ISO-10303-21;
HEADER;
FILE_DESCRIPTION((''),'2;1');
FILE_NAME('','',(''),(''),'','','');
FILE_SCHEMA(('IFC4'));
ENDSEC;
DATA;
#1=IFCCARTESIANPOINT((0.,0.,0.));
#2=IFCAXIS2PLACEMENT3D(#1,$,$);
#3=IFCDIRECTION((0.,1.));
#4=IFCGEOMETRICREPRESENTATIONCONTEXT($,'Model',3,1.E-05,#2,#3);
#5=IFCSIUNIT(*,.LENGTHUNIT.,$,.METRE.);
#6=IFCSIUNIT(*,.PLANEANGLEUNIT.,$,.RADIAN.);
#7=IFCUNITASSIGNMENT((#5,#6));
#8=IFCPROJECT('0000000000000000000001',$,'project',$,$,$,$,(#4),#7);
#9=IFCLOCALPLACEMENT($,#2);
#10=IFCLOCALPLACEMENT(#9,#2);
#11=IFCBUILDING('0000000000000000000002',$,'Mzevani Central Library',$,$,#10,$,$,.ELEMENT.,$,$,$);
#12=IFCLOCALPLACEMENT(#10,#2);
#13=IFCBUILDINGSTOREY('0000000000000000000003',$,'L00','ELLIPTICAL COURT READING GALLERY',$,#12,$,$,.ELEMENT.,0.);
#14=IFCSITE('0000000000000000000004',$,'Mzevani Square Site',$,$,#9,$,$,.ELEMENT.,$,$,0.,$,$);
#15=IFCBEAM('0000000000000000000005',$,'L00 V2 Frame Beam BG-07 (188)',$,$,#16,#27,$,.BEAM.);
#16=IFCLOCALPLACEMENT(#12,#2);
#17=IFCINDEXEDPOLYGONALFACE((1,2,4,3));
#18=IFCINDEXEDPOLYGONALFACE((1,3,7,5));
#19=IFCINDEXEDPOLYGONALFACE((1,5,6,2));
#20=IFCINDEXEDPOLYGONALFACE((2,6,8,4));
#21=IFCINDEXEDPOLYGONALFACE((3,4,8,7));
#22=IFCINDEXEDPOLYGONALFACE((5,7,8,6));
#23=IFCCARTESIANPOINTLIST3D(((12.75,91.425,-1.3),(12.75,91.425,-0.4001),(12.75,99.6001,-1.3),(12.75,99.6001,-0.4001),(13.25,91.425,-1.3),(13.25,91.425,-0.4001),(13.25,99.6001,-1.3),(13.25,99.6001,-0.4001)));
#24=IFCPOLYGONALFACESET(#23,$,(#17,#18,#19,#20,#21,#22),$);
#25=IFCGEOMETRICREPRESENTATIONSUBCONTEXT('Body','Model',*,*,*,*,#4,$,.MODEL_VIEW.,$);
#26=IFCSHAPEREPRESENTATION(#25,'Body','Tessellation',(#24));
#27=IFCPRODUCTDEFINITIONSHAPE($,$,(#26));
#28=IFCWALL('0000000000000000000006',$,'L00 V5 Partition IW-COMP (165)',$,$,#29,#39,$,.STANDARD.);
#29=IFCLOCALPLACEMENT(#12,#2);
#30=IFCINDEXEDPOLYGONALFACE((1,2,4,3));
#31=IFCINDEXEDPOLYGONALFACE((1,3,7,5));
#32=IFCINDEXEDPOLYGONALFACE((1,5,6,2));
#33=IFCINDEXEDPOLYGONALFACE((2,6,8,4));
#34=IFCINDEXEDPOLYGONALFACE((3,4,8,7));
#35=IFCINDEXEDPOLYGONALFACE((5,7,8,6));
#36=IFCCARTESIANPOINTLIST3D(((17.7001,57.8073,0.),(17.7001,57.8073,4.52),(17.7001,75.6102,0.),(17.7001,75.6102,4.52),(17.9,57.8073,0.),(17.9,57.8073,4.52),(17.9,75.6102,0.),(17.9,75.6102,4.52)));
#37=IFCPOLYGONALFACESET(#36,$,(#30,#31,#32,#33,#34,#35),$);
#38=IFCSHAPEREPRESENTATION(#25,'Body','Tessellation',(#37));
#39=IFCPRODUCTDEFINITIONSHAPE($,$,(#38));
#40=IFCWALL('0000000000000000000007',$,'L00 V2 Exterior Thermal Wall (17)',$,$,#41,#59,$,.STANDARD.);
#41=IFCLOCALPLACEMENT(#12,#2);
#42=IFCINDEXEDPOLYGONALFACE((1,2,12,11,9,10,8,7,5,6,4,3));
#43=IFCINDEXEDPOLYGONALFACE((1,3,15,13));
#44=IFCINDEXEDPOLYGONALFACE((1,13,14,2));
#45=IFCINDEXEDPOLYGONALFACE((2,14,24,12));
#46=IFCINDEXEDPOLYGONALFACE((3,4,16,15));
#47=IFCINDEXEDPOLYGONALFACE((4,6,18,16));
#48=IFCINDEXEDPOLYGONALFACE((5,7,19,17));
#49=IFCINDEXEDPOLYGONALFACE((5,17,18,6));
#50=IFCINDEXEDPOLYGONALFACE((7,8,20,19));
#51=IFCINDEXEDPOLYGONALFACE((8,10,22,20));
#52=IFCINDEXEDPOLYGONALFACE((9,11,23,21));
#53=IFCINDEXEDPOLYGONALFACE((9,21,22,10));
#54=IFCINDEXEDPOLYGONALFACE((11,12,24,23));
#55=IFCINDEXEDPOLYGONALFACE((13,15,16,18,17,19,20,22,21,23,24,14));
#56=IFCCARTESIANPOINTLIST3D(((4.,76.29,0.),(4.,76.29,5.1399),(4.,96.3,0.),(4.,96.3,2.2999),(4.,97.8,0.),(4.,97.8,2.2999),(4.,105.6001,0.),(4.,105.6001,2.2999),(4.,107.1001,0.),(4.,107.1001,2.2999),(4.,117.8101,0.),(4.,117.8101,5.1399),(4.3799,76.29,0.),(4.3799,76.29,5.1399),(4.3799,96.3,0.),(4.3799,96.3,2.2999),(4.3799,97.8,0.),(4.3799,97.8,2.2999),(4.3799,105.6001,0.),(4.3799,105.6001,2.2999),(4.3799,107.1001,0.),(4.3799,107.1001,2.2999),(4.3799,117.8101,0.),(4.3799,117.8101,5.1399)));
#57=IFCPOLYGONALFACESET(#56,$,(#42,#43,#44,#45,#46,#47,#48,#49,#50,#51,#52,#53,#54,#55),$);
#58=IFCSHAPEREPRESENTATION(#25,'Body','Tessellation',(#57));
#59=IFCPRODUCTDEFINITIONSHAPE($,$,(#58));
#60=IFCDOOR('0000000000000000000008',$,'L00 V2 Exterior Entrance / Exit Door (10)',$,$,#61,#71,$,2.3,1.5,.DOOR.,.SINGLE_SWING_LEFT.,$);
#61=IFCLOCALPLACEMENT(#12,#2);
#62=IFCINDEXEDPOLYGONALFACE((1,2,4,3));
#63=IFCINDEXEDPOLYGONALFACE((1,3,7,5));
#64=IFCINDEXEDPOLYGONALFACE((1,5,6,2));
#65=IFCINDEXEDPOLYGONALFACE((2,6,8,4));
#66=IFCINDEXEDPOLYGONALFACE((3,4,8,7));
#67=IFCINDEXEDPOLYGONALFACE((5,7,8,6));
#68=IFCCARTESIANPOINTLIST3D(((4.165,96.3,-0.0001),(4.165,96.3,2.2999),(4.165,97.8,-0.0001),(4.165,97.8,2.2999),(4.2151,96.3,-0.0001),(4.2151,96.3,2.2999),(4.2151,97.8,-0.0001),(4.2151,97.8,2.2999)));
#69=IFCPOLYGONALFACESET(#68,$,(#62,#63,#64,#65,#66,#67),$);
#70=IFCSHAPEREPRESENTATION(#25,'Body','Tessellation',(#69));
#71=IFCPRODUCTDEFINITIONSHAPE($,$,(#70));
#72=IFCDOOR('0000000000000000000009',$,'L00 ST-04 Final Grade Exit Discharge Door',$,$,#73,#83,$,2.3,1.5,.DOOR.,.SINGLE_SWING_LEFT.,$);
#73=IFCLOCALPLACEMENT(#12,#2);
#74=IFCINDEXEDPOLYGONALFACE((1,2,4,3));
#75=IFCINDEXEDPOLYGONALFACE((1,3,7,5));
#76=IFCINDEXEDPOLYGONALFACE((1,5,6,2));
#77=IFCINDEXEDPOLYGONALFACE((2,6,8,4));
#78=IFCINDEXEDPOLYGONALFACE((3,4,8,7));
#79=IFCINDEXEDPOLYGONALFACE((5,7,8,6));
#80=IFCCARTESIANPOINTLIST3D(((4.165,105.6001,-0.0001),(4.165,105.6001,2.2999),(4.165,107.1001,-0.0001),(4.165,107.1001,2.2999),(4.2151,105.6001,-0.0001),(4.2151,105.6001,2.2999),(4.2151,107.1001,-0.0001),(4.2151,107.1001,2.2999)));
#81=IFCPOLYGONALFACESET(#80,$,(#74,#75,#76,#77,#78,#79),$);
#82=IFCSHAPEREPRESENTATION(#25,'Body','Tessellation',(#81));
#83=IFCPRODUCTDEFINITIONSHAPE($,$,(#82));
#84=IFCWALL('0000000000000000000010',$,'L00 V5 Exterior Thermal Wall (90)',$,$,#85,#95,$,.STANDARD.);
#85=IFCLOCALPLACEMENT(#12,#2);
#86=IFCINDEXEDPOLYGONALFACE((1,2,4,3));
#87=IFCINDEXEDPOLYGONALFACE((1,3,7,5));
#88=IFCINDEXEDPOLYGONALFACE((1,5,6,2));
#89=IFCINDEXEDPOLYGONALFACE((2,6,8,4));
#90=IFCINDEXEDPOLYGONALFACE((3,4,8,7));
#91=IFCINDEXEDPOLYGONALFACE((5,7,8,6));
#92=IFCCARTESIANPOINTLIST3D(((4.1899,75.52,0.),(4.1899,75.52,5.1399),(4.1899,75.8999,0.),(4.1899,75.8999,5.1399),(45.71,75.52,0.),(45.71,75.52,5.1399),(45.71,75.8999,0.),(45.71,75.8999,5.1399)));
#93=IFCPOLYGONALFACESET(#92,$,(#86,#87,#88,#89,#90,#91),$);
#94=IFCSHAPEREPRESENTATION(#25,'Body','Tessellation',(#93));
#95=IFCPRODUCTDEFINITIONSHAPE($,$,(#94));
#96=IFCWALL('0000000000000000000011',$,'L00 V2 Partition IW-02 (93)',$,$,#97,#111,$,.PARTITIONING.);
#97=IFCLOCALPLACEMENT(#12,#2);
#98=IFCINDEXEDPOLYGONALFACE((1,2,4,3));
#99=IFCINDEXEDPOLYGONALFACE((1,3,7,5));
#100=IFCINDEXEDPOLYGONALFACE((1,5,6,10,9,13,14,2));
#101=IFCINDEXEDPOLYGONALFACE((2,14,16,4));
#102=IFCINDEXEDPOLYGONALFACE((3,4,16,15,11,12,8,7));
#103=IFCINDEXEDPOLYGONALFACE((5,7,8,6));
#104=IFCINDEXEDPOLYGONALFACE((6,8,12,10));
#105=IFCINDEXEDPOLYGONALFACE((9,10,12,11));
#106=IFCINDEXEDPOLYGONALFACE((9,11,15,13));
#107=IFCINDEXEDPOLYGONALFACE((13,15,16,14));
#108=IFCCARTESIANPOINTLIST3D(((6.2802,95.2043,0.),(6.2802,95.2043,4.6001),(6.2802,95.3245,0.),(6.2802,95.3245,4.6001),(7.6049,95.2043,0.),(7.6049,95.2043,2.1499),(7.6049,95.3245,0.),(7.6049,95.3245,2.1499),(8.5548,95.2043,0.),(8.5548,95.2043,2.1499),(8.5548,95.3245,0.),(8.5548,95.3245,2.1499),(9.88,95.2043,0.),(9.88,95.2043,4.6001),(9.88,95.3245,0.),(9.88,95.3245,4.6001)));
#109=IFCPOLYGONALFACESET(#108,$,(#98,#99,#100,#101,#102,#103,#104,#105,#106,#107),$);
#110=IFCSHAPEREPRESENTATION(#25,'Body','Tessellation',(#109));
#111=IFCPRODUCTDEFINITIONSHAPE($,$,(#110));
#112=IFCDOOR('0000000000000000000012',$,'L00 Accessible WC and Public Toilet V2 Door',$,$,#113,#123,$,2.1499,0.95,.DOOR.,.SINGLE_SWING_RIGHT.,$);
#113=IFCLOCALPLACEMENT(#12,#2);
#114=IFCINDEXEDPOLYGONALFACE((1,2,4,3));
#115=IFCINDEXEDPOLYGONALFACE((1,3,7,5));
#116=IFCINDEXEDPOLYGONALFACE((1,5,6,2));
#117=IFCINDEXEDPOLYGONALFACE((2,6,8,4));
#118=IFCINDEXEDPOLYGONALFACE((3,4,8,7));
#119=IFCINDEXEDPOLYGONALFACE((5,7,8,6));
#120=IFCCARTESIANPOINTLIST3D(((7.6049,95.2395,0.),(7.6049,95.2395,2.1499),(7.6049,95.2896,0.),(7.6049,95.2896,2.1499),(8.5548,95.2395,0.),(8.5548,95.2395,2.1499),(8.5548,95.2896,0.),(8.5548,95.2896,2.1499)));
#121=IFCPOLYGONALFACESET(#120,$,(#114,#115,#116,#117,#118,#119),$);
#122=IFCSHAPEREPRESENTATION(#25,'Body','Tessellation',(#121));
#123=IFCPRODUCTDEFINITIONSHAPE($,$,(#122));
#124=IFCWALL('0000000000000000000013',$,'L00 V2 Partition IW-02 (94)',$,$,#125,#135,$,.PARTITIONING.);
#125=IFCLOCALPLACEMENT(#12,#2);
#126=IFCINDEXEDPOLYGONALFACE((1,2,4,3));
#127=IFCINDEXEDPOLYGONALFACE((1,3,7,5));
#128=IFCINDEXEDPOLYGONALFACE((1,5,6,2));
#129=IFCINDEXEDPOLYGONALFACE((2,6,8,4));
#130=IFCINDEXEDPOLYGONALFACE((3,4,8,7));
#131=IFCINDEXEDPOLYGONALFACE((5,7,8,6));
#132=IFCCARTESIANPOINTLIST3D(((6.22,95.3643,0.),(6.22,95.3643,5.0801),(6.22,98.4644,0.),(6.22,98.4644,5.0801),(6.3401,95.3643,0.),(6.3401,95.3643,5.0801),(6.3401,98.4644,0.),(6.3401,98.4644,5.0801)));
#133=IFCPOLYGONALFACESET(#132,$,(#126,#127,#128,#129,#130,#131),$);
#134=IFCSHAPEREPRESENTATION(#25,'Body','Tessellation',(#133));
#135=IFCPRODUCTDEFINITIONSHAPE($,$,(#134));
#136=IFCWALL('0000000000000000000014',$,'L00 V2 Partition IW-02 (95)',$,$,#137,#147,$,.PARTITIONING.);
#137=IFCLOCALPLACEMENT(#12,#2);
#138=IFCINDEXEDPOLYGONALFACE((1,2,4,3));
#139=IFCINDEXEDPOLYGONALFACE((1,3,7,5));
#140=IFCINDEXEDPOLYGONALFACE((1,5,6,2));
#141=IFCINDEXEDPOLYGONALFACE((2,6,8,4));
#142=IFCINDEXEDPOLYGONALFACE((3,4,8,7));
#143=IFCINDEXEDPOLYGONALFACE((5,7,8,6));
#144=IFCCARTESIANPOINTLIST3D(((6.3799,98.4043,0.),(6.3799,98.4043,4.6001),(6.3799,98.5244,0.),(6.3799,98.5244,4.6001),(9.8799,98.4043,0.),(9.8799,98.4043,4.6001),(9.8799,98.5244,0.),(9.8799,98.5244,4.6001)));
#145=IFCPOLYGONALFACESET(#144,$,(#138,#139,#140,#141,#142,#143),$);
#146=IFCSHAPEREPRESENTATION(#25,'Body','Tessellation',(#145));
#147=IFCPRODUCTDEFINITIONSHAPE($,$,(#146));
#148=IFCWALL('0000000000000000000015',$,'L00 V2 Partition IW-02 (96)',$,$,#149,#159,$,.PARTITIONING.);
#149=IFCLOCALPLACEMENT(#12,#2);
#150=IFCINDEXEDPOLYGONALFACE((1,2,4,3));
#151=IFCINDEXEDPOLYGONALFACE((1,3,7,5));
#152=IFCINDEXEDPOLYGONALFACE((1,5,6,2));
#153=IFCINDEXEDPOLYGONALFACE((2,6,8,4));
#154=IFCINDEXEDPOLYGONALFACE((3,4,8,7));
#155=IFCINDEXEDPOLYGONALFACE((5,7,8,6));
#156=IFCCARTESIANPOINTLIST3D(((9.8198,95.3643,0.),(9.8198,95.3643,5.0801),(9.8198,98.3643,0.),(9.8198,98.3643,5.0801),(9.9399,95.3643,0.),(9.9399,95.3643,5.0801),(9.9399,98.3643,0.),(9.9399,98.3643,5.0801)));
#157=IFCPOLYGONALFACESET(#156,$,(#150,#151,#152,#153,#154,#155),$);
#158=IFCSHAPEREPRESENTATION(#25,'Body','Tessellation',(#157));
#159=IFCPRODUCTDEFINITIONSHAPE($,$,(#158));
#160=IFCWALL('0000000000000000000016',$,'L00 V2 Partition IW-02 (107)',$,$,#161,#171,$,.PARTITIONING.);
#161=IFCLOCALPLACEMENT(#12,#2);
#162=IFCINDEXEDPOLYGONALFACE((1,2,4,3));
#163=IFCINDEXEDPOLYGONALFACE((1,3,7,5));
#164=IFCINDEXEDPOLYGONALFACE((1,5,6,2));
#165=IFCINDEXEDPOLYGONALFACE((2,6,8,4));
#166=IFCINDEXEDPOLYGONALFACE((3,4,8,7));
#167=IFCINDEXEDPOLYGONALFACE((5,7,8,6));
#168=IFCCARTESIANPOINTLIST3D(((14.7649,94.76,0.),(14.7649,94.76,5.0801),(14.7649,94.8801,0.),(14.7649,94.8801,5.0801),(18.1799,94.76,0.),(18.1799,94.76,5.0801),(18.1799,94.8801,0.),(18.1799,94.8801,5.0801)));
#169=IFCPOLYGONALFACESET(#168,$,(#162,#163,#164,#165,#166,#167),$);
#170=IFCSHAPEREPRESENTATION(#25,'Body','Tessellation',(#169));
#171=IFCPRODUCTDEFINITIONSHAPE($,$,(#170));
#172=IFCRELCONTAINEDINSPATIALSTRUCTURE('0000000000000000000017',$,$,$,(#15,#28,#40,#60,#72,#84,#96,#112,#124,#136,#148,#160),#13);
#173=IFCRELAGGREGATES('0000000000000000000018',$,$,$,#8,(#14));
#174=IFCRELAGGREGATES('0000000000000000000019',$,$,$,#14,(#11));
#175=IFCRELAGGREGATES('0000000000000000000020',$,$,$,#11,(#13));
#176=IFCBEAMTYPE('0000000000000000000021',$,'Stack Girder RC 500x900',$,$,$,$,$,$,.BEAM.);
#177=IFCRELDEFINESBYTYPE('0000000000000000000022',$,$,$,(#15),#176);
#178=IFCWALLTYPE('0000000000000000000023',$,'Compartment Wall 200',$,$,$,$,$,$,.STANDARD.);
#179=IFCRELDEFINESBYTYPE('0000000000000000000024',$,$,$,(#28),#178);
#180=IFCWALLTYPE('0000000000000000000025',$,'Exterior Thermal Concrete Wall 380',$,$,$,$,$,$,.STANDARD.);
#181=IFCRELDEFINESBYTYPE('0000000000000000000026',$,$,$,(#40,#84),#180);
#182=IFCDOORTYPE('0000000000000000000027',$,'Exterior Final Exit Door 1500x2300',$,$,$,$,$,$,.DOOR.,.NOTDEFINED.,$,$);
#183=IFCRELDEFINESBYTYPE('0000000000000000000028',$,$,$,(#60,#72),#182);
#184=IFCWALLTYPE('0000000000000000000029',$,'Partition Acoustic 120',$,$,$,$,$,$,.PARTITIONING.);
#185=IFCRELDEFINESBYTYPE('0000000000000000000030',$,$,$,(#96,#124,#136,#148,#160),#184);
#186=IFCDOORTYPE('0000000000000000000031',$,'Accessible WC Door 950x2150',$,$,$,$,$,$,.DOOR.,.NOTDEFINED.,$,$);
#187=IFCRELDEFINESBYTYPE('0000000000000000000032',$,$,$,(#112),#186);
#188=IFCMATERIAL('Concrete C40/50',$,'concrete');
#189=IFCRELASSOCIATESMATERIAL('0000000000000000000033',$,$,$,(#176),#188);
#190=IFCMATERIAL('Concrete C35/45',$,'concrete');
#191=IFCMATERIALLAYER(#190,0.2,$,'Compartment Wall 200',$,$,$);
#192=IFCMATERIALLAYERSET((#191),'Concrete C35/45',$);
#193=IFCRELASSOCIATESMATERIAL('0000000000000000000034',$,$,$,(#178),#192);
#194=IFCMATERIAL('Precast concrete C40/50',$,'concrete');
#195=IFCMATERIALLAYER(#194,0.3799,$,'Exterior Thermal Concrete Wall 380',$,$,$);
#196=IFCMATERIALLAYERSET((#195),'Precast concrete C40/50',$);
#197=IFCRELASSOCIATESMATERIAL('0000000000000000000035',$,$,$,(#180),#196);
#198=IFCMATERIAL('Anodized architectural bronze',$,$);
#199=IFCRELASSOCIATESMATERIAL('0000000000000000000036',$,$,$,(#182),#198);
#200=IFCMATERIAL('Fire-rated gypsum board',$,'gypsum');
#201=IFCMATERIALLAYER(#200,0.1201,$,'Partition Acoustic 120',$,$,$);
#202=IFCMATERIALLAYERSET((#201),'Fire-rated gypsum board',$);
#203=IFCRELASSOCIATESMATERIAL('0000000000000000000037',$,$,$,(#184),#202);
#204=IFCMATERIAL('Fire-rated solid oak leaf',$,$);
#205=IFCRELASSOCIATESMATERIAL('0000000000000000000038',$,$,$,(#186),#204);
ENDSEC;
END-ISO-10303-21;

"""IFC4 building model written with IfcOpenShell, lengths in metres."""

from ifc_helpers import new_model, si_unit, direction, frame, frame_2d, origin, origin_2d, place, context, subcontext, project, spatial, rectangle, extrude, material, layer, layer_set, material_profile, profile_set, type_object, element, fill, save


model = new_model("IFC4")

# Units and contexts
model_context = context("Model", 3, precision=1e-05, world=origin(), true_north=direction((0.0, 1.0)))
body_context = subcontext(model_context, "Body", "Model", "MODEL_VIEW")
ifc_project = project(units=[si_unit("LENGTHUNIT", "METRE"), si_unit("PLANEANGLEUNIT", "RADIAN")], contexts=[model_context])

# Site, building, storey
site_placement = place(None, origin())
site = spatial("IfcSite", under=ifc_project, at=site_placement, Name="Mzevani Square Site", CompositionType="ELEMENT", RefElevation=0.0)
building_placement = place(site_placement, origin())
building = spatial("IfcBuilding", under=site, at=building_placement, Name="Mzevani Central Library", CompositionType="ELEMENT")
storey_placement = place(building_placement, origin())
storey = spatial("IfcBuildingStorey", under=building, at=storey_placement, Name="L00", Description="ELLIPTICAL COURT READING GALLERY", CompositionType="ELEMENT", Elevation=0.0)

# Shared definitions
ifc_material_1 = material(Name="Concrete C40/50", Category="concrete")

# Beam
ifc_material_profile_1 = material_profile(ifc_material_1, rectangle(XDim=0.5, YDim=0.8999, at=origin_2d()), Name="RC B500x900")
ifc_profile_set_1 = profile_set([ifc_material_profile_1], Name="Concrete C40/50")
beam_type_1 = type_object("IfcBeamType", Name="Stack Girder RC 500x900", PredefinedType="BEAM", material=ifc_profile_set_1)
beam_1_placement = place(storey_placement, frame((13.0, 91.425, -0.8501), z_axis=(0.0, 1.0, 0.0), x_axis=(-1.0, 0.0, 0.0)))
element("IfcBeam", 1, at=beam_1_placement, inside=storey, type_object=beam_type_1, Name="L00 V2 Frame Beam BG-07 (188)", PredefinedType="BEAM", context=body_context, shape_type="SweptSolid", body=[
    extrude(rectangle(XDim=0.5, YDim=0.8999, at=origin_2d()), origin(), (0.0, 0.0, 1.0), 8.175),
])

# Wall
ifc_material_2 = material(Name="Concrete C35/45", Category="concrete")
ifc_layer_1 = layer(ifc_material_2, 0.2, Name="Compartment Wall 200")
ifc_layer_set_1 = layer_set([ifc_layer_1], Name="Concrete C35/45")
wall_type_1 = type_object("IfcWallType", Name="Compartment Wall 200", PredefinedType="STANDARD", material=ifc_layer_set_1)
wall_1_placement = place(storey_placement, frame((17.8, 75.6101, 0.0), z_axis=(0.0, 0.0, 1.0), x_axis=(0.0, -1.0, 0.0)))
element("IfcWall", 2, at=wall_1_placement, inside=storey, type_object=wall_type_1, Name="L00 V5 Partition IW-COMP (165)", PredefinedType="STANDARD", context=body_context, shape_type="SweptSolid", body=[
    extrude(rectangle(XDim=17.803, YDim=0.2, at=frame_2d((8.9014, 0.0))), origin(), (0.0, 0.0, 1.0), 4.52),
])

# Wall, openings, doors
ifc_material_3 = material(Name="Precast concrete C40/50", Category="concrete")
ifc_layer_2 = layer(ifc_material_3, 0.3799, Name="Exterior Thermal Concrete Wall 380")
ifc_layer_set_2 = layer_set([ifc_layer_2], Name="Precast concrete C40/50")
wall_type_2 = type_object("IfcWallType", Name="Exterior Thermal Concrete Wall 380", PredefinedType="STANDARD", material=ifc_layer_set_2)
wall_2_placement = place(storey_placement, frame((4.1899, 76.29, 0.0), z_axis=(0.0, 0.0, 1.0), x_axis=(0.0, 1.0, 0.0)))
wall_2 = element("IfcWall", 3, at=wall_2_placement, inside=storey, type_object=wall_type_2, Name="L00 V2 Exterior Thermal Wall (17)", PredefinedType="STANDARD", context=body_context, shape_type="SweptSolid", body=[
    extrude(rectangle(XDim=41.52, YDim=0.3799, at=frame_2d((20.76, 0.0))), origin(), (0.0, 0.0, 1.0), 5.1399),
])
opening_1_placement = place(wall_2_placement, frame((20.01, 0.0, 0.0)))
opening_1 = element("IfcOpeningElement", 4, at=opening_1_placement, cuts=wall_2, PredefinedType="OPENING", context=body_context, shape_type="SweptSolid", body=[
    extrude(rectangle(XDim=1.5, YDim=2.3, at=frame_2d((0.75, 1.1499))), frame((0.0, 0.2, 0.0), z_axis=(0.0, -1.0, 0.0), x_axis=(1.0, 0.0, 0.0)), (0.0, 0.0, 1.0), 0.3999),
])
opening_2_placement = place(wall_2_placement, frame((29.3101, 0.0, 0.0)))
opening_2 = element("IfcOpeningElement", 5, at=opening_2_placement, cuts=wall_2, PredefinedType="OPENING", context=body_context, shape_type="SweptSolid", body=[
    extrude(rectangle(XDim=1.5, YDim=2.3, at=frame_2d((0.75, 1.1499))), frame((0.0, 0.2, 0.0), z_axis=(0.0, -1.0, 0.0), x_axis=(1.0, 0.0, 0.0)), (0.0, 0.0, 1.0), 0.3999),
])
ifc_material_4 = material(Name="Anodized architectural bronze")
door_type_1 = type_object("IfcDoorType", Name="Exterior Final Exit Door 1500x2300", OperationType="NOTDEFINED", PredefinedType="DOOR", material=ifc_material_4)
door_1_placement = place(opening_1_placement, origin())
door_1 = element("IfcDoor", 6, at=door_1_placement, inside=storey, type_object=door_type_1, Name="L00 V2 Exterior Entrance / Exit Door (10)", OperationType="SINGLE_SWING_LEFT", OverallHeight=2.3, OverallWidth=1.5, PredefinedType="DOOR", context=body_context, shape_type="SweptSolid", body=[
    extrude(rectangle(XDim=1.5, YDim=2.3, at=frame_2d((0.75, 1.1499))), frame((0.0, 0.0249, 0.0), z_axis=(0.0, -1.0, 0.0), x_axis=(1.0, 0.0, 0.0)), (0.0, 0.0, 1.0), 0.05),
])
fill(opening_1, door_1)
door_2_placement = place(opening_2_placement, origin())
door_2 = element("IfcDoor", 7, at=door_2_placement, inside=storey, type_object=door_type_1, Name="L00 ST-04 Final Grade Exit Discharge Door", OperationType="SINGLE_SWING_LEFT", OverallHeight=2.3, OverallWidth=1.5, PredefinedType="DOOR", context=body_context, shape_type="SweptSolid", body=[
    extrude(rectangle(XDim=1.5, YDim=2.3, at=frame_2d((0.75, 1.1499))), frame((0.0, 0.0249, 0.0), z_axis=(0.0, -1.0, 0.0), x_axis=(1.0, 0.0, 0.0)), (0.0, 0.0, 1.0), 0.05),
])
fill(opening_2, door_2)

# Wall
wall_3_placement = place(storey_placement, frame((4.1899, 75.71, 0.0), z_axis=(0.0, 0.0, 1.0), x_axis=(1.0, 0.0, 0.0)))
element("IfcWall", 8, at=wall_3_placement, inside=storey, type_object=wall_type_2, Name="L00 V5 Exterior Thermal Wall (90)", PredefinedType="STANDARD", context=body_context, shape_type="SweptSolid", body=[
    extrude(rectangle(XDim=41.52, YDim=0.3799, at=frame_2d((20.76, 0.0))), origin(), (0.0, 0.0, 1.0), 5.1399),
])

# Wall, opening, door
ifc_material_5 = material(Name="Fire-rated gypsum board", Category="gypsum")
ifc_layer_3 = layer(ifc_material_5, 0.1201, Name="Partition Acoustic 120")
ifc_layer_set_3 = layer_set([ifc_layer_3], Name="Fire-rated gypsum board")
wall_type_3 = type_object("IfcWallType", Name="Partition Acoustic 120", PredefinedType="PARTITIONING", material=ifc_layer_set_3)
wall_4_placement = place(storey_placement, frame((9.8799, 95.2644, 0.0), z_axis=(0.0, 0.0, 1.0), x_axis=(-1.0, 0.0, 0.0)))
wall_4 = element("IfcWall", 9, at=wall_4_placement, inside=storey, type_object=wall_type_3, Name="L00 V2 Partition IW-02 (93)", PredefinedType="PARTITIONING", context=body_context, shape_type="SweptSolid", body=[
    extrude(rectangle(XDim=3.5999, YDim=0.1201, at=frame_2d((1.7998, 0.0))), origin(), (0.0, 0.0, 1.0), 4.6001),
])
opening_3_placement = place(wall_4_placement, frame((1.325, 0.0, 0.0)))
opening_3 = element("IfcOpeningElement", 10, at=opening_3_placement, cuts=wall_4, PredefinedType="OPENING", context=body_context, shape_type="SweptSolid", body=[
    extrude(rectangle(XDim=0.95, YDim=2.1499, at=frame_2d((0.4751, 1.075))), frame((0.0, 0.0701, 0.0), z_axis=(0.0, -1.0, 0.0), x_axis=(1.0, 0.0, 0.0)), (0.0, 0.0, 1.0), 0.1401),
])
ifc_material_6 = material(Name="Fire-rated solid oak leaf")
door_type_2 = type_object("IfcDoorType", Name="Accessible WC Door 950x2150", OperationType="NOTDEFINED", PredefinedType="DOOR", material=ifc_material_6)
door_3_placement = place(opening_3_placement, origin())
door_3 = element("IfcDoor", 11, at=door_3_placement, inside=storey, type_object=door_type_2, Name="L00 Accessible WC and Public Toilet V2 Door", OperationType="SINGLE_SWING_RIGHT", OverallHeight=2.1499, OverallWidth=0.95, PredefinedType="DOOR", context=body_context, shape_type="SweptSolid", body=[
    extrude(rectangle(XDim=0.95, YDim=2.1499, at=frame_2d((0.4751, 1.075))), frame((0.0, 0.0249, 0.0), z_axis=(0.0, -1.0, 0.0), x_axis=(1.0, 0.0, 0.0)), (0.0, 0.0, 1.0), 0.05),
])
fill(opening_3, door_3)

# Walls
wall_5_placement = place(storey_placement, frame((6.28, 95.3643, 0.0), z_axis=(0.0, 0.0, 1.0), x_axis=(0.0, 1.0, 0.0)))
element("IfcWall", 12, at=wall_5_placement, inside=storey, type_object=wall_type_3, Name="L00 V2 Partition IW-02 (94)", PredefinedType="PARTITIONING", context=body_context, shape_type="SweptSolid", body=[
    extrude(rectangle(XDim=3.1001, YDim=0.1201, at=frame_2d((1.55, 0.0))), origin(), (0.0, 0.0, 1.0), 5.0801),
])
wall_6_placement = place(storey_placement, frame((6.3799, 98.4644, 0.0), z_axis=(0.0, 0.0, 1.0), x_axis=(1.0, 0.0, 0.0)))
element("IfcWall", 13, at=wall_6_placement, inside=storey, type_object=wall_type_3, Name="L00 V2 Partition IW-02 (95)", PredefinedType="PARTITIONING", context=body_context, shape_type="SweptSolid", body=[
    extrude(rectangle(XDim=3.5, YDim=0.1201, at=frame_2d((1.75, 0.0))), origin(), (0.0, 0.0, 1.0), 4.6001),
])
wall_7_placement = place(storey_placement, frame((9.8799, 98.3643, 0.0), z_axis=(0.0, 0.0, 1.0), x_axis=(0.0, -1.0, 0.0)))
element("IfcWall", 14, at=wall_7_placement, inside=storey, type_object=wall_type_3, Name="L00 V2 Partition IW-02 (96)", PredefinedType="PARTITIONING", context=body_context, shape_type="SweptSolid", body=[
    extrude(rectangle(XDim=3.0, YDim=0.1201, at=frame_2d((1.5, 0.0))), origin(), (0.0, 0.0, 1.0), 5.0801),
])
wall_8_placement = place(storey_placement, frame((14.7649, 94.8201, 0.0), z_axis=(0.0, 0.0, 1.0), x_axis=(1.0, 0.0, 0.0)))
element("IfcWall", 15, at=wall_8_placement, inside=storey, type_object=wall_type_3, Name="L00 V2 Partition IW-02 (107)", PredefinedType="PARTITIONING", context=body_context, shape_type="SweptSolid", body=[
    extrude(rectangle(XDim=3.415, YDim=0.1201, at=frame_2d((1.7075, 0.0))), origin(), (0.0, 0.0, 1.0), 5.0801),
])

save(model, "model.ifc")
